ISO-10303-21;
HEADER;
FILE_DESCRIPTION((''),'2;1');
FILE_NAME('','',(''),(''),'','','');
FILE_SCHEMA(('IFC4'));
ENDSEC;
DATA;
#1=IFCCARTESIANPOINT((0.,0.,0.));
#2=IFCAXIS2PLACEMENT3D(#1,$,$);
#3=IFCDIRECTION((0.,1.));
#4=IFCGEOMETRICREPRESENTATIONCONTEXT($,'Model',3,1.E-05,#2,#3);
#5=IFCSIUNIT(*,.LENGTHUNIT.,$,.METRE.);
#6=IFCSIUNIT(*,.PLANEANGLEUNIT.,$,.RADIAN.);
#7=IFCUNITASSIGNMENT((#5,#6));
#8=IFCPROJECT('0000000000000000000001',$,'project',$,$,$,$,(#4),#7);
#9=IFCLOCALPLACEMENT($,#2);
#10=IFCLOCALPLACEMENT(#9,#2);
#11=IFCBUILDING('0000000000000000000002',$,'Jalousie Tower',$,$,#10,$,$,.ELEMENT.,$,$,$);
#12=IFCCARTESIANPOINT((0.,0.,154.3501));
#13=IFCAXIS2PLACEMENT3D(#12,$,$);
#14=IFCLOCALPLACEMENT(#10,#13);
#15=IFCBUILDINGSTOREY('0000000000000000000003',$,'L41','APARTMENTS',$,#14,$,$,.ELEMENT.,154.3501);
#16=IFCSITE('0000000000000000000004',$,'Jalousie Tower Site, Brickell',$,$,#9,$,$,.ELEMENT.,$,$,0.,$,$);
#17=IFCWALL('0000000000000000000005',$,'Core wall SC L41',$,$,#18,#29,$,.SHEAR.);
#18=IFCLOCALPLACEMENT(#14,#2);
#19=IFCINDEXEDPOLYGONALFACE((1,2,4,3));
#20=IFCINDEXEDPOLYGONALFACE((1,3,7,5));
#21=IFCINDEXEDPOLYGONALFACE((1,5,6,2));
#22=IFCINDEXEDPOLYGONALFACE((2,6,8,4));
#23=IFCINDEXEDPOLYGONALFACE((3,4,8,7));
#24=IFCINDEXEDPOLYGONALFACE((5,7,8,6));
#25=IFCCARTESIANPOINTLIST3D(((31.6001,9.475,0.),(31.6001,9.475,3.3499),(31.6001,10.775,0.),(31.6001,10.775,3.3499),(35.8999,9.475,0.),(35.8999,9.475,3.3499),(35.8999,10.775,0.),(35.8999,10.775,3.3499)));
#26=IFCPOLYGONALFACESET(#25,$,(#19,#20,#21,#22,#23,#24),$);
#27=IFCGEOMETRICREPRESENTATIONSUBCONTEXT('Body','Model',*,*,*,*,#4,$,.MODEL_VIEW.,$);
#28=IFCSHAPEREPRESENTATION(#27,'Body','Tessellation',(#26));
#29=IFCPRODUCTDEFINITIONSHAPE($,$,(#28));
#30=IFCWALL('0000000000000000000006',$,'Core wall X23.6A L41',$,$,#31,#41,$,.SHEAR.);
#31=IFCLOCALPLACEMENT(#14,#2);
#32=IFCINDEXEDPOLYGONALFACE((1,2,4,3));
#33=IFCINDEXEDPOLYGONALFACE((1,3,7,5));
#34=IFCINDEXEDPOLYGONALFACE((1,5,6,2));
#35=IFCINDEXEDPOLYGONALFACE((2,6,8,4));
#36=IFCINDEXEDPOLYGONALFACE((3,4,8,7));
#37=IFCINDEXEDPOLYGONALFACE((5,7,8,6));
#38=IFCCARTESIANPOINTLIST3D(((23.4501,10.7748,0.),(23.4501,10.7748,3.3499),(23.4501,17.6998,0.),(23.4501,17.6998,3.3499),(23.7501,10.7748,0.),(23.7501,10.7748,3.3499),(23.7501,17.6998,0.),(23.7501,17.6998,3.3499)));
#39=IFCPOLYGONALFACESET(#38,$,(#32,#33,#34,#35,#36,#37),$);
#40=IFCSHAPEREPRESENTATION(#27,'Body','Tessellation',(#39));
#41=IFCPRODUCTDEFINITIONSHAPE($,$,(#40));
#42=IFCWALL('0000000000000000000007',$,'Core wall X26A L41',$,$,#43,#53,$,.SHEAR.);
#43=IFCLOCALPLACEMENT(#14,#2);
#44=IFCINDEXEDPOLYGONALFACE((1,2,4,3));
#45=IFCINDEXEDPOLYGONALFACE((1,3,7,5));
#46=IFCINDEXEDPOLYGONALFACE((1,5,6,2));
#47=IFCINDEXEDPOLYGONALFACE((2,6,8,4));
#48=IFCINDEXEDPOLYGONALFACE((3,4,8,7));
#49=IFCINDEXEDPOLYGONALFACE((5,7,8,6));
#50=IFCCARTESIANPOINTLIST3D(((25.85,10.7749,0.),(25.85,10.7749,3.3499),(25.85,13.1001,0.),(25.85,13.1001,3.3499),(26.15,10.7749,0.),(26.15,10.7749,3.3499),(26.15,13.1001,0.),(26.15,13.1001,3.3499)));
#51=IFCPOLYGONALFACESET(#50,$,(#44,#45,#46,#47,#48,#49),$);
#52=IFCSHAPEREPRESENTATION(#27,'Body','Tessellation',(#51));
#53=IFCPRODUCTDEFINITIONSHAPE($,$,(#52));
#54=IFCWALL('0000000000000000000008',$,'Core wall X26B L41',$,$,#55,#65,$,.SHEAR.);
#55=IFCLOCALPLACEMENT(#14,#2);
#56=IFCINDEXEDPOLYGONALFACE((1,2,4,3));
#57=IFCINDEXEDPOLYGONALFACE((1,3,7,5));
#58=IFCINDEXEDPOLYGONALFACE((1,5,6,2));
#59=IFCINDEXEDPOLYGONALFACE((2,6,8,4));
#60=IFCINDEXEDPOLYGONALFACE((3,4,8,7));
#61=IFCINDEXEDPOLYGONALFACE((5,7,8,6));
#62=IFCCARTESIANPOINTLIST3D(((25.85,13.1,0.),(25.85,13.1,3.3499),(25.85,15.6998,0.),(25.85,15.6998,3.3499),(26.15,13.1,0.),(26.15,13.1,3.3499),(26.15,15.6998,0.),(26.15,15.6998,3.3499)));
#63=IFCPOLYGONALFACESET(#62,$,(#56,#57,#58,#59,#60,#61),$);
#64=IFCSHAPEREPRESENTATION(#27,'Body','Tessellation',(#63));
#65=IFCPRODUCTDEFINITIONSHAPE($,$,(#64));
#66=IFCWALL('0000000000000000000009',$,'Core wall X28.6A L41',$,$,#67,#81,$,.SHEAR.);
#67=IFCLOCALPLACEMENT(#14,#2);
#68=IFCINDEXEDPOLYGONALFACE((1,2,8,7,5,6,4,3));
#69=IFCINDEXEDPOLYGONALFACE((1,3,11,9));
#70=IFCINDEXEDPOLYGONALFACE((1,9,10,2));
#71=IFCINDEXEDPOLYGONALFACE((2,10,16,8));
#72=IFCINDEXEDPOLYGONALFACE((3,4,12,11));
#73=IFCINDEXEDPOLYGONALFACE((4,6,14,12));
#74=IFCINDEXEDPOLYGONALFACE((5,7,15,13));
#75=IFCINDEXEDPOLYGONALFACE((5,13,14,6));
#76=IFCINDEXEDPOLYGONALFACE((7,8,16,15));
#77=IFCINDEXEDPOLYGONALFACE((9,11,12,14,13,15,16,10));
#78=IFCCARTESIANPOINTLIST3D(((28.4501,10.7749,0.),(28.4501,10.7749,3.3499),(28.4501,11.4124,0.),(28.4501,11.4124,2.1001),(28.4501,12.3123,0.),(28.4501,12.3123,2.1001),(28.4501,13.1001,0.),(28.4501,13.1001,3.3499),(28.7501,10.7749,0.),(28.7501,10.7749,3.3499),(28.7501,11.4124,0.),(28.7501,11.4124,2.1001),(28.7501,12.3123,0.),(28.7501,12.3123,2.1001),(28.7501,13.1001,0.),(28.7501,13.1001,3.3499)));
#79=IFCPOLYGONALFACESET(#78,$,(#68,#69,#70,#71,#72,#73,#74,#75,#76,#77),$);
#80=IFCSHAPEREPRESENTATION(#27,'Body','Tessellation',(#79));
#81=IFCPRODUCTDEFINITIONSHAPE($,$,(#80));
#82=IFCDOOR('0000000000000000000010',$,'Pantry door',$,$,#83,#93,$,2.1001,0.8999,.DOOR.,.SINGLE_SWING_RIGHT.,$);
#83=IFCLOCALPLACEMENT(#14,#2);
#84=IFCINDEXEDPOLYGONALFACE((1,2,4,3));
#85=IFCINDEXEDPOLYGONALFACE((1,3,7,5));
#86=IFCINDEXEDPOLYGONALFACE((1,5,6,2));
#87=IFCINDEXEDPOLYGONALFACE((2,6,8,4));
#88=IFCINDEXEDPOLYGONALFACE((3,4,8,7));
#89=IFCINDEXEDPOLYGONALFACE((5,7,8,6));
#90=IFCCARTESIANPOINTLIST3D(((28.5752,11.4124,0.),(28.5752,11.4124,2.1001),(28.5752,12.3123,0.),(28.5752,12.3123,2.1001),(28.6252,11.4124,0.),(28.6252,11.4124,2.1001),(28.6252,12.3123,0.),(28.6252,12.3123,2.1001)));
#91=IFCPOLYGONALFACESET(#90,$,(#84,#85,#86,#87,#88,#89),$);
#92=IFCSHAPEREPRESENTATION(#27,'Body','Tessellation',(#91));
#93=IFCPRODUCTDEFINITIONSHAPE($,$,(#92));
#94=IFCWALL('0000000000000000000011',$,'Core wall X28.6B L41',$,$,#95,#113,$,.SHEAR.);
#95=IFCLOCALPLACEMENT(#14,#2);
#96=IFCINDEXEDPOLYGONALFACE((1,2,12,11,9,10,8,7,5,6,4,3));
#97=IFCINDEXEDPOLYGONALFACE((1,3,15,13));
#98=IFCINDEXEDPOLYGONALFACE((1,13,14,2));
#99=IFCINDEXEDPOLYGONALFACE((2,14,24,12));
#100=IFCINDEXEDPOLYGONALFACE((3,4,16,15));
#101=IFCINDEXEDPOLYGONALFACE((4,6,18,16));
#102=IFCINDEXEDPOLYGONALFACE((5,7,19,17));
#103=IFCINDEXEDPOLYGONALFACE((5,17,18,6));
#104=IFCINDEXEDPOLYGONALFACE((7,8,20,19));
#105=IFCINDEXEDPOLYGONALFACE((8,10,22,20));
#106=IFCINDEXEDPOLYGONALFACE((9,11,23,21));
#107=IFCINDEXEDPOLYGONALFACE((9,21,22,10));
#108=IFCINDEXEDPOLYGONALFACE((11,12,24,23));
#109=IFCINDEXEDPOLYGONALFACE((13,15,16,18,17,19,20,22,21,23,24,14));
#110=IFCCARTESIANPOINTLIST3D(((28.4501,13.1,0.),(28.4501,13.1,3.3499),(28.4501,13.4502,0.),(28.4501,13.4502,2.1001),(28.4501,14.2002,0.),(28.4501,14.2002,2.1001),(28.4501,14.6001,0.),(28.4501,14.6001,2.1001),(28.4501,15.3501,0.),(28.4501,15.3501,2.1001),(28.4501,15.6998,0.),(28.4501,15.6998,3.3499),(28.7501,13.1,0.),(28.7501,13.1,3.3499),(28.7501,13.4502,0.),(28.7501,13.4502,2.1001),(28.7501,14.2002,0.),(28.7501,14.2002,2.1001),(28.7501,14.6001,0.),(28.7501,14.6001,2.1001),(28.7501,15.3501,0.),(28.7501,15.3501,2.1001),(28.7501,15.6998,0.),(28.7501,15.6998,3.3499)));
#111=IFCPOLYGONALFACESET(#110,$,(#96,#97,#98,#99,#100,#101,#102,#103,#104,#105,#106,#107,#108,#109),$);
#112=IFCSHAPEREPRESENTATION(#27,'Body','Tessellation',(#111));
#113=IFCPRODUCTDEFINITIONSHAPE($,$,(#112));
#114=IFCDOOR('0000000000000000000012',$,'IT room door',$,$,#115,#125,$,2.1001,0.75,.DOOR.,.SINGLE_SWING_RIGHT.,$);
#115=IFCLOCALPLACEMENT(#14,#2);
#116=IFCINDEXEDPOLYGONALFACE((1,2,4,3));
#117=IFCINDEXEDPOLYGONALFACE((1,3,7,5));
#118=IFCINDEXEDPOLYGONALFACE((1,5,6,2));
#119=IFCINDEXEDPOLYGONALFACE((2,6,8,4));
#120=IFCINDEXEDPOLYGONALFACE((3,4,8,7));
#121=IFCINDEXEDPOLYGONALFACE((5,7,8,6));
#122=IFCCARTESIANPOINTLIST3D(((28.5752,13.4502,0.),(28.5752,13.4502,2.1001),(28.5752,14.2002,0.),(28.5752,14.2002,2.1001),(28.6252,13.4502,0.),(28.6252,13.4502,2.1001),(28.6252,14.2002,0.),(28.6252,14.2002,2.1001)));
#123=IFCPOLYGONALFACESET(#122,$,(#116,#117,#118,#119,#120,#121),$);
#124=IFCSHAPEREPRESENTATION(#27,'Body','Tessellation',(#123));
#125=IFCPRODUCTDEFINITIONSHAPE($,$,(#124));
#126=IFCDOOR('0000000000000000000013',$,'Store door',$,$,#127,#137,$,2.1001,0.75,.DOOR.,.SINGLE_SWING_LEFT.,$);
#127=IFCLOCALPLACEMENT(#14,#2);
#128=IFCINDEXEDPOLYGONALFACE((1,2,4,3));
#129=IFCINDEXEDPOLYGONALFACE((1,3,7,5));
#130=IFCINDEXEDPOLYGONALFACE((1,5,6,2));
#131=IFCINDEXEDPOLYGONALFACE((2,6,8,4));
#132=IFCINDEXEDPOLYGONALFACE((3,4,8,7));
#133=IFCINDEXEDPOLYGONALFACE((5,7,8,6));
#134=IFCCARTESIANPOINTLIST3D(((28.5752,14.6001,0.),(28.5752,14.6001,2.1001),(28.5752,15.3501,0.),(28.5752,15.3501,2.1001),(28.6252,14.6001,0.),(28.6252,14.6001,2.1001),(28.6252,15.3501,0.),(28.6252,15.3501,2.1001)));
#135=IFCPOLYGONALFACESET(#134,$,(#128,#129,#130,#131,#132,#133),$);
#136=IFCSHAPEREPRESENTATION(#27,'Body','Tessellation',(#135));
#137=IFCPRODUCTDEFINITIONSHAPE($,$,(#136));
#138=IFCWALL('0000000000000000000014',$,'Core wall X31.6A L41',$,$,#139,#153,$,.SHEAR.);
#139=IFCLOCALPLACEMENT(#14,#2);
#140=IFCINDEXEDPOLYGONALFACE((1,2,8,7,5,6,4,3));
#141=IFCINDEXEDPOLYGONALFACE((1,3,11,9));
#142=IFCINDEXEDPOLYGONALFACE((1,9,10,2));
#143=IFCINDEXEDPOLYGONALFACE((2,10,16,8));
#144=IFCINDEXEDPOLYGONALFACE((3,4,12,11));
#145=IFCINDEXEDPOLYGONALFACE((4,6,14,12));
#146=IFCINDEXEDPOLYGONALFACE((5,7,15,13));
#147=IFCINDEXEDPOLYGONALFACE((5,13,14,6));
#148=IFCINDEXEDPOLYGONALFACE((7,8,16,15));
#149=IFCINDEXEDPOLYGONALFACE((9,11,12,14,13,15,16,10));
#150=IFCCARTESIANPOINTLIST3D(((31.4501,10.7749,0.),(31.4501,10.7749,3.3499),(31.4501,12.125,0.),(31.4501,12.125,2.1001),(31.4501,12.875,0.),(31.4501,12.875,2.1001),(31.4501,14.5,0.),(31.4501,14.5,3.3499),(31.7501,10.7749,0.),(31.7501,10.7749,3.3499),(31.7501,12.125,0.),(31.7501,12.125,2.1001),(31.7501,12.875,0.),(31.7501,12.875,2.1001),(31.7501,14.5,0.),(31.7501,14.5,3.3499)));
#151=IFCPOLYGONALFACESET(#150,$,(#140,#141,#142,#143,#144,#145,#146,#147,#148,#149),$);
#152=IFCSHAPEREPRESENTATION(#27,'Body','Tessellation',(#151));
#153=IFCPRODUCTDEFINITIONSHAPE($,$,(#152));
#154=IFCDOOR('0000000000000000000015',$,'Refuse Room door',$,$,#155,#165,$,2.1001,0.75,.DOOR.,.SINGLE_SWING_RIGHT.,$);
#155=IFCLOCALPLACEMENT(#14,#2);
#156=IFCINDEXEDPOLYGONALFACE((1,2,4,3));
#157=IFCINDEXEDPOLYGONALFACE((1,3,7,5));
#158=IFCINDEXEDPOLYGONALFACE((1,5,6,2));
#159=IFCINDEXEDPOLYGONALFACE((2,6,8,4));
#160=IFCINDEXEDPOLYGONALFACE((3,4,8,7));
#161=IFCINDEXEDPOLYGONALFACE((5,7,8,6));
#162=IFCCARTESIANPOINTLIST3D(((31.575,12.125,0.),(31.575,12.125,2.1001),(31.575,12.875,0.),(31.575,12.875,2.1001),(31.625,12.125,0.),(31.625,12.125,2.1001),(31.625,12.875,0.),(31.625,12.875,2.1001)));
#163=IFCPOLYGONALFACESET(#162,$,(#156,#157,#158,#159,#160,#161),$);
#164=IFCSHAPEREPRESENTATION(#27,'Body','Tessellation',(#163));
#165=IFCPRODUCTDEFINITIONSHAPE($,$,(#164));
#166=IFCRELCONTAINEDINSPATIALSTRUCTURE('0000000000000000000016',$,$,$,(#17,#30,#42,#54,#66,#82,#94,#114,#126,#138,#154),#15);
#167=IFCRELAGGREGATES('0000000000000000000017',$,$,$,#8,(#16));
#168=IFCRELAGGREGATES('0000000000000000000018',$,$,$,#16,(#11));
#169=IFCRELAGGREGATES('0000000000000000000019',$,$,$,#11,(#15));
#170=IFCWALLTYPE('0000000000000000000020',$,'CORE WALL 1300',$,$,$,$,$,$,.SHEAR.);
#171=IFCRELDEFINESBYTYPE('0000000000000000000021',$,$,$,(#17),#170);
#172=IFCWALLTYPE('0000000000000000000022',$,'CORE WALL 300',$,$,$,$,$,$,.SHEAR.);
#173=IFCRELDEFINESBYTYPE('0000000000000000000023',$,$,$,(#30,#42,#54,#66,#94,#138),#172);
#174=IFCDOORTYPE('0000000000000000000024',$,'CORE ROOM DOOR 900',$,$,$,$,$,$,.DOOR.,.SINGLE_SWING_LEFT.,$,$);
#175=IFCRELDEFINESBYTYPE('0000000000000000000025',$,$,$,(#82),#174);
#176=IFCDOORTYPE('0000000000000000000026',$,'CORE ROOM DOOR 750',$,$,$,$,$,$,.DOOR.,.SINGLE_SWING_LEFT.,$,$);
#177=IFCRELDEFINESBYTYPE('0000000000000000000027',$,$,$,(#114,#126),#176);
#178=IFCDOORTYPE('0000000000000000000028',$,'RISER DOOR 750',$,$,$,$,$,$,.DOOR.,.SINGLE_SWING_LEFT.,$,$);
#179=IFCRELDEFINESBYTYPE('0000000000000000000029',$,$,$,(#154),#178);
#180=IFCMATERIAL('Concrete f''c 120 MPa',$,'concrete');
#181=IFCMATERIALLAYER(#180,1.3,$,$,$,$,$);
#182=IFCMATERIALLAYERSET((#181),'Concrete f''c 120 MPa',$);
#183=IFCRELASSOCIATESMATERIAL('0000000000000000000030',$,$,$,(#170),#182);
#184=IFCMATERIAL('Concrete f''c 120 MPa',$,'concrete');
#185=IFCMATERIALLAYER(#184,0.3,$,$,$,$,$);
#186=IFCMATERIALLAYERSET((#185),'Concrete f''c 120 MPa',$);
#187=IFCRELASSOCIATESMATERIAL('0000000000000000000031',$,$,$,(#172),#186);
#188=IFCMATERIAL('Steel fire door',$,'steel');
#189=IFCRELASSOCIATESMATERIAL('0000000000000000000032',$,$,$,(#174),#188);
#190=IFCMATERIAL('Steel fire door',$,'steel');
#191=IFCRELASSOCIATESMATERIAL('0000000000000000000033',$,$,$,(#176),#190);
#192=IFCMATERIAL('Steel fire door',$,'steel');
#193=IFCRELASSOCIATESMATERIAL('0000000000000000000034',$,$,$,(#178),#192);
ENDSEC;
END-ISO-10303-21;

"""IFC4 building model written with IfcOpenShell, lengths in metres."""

from ifc_helpers import new_model, si_unit, direction, frame, frame_2d, origin, place, context, subcontext, project, spatial, rectangle, extrude, material, layer, layer_set, type_object, element, fill, save


model = new_model("IFC4")

# Units and contexts
model_context = context("Model", 3, precision=1e-05, world=origin(), true_north=direction((0.0, 1.0)))
body_context = subcontext(model_context, "Body", "Model", "MODEL_VIEW")
ifc_project = project(units=[si_unit("LENGTHUNIT", "METRE"), si_unit("PLANEANGLEUNIT", "RADIAN")], contexts=[model_context])

# Site, building, storey
site_placement = place(None, origin())
site = spatial("IfcSite", under=ifc_project, at=site_placement, Name="Jalousie Tower Site, Brickell", CompositionType="ELEMENT", RefElevation=0.0)
building_placement = place(site_placement, origin())
building = spatial("IfcBuilding", under=site, at=building_placement, Name="Jalousie Tower", CompositionType="ELEMENT")
storey_placement = place(building_placement, frame((0.0, 0.0, 154.3501)))
storey = spatial("IfcBuildingStorey", under=building, at=storey_placement, Name="L41", Description="APARTMENTS", CompositionType="ELEMENT", Elevation=154.3501)

# Walls
ifc_material_1 = material(Name="Concrete f'c 120 MPa", Category="concrete")
ifc_layer_1 = layer(ifc_material_1, 1.3)
ifc_layer_set_1 = layer_set([ifc_layer_1], Name="Concrete f'c 120 MPa")
wall_type_1 = type_object("IfcWallType", Name="CORE WALL 1300", PredefinedType="SHEAR", material=ifc_layer_set_1)
wall_1_placement = place(storey_placement, frame((31.6001, 10.125, 0.0), z_axis=(0.0, 0.0, 1.0), x_axis=(1.0, 0.0, 0.0)))
element("IfcWall", 1, at=wall_1_placement, inside=storey, type_object=wall_type_1, Name="Core wall SC L41", PredefinedType="SHEAR", context=body_context, shape_type="SweptSolid", body=[
    extrude(rectangle(XDim=4.2998, YDim=1.3, at=frame_2d((2.1499, 0.0))), origin(), (0.0, 0.0, 1.0), 3.3499),
])
ifc_material_2 = material(Name="Concrete f'c 120 MPa", Category="concrete")
ifc_layer_2 = layer(ifc_material_2, 0.3)
ifc_layer_set_2 = layer_set([ifc_layer_2], Name="Concrete f'c 120 MPa")
wall_type_2 = type_object("IfcWallType", Name="CORE WALL 300", PredefinedType="SHEAR", material=ifc_layer_set_2)
wall_2_placement = place(storey_placement, frame((23.6001, 10.7749, 0.0), z_axis=(0.0, 0.0, 1.0), x_axis=(0.0, 1.0, 0.0)))
element("IfcWall", 2, at=wall_2_placement, inside=storey, type_object=wall_type_2, Name="Core wall X23.6A L41", PredefinedType="SHEAR", context=body_context, shape_type="SweptSolid", body=[
    extrude(rectangle(XDim=6.925, YDim=0.3, at=frame_2d((3.4624, 0.0))), origin(), (0.0, 0.0, 1.0), 3.3499),
])
wall_3_placement = place(storey_placement, frame((26.0, 10.7749, 0.0), z_axis=(0.0, 0.0, 1.0), x_axis=(0.0, 1.0, 0.0)))
element("IfcWall", 3, at=wall_3_placement, inside=storey, type_object=wall_type_2, Name="Core wall X26A L41", PredefinedType="SHEAR", context=body_context, shape_type="SweptSolid", body=[
    extrude(rectangle(XDim=2.3252, YDim=0.3, at=frame_2d((1.1626, 0.0))), origin(), (0.0, 0.0, 1.0), 3.3499),
])
wall_4_placement = place(storey_placement, frame((26.0, 13.1001, 0.0), z_axis=(0.0, 0.0, 1.0), x_axis=(0.0, 1.0, 0.0)))
element("IfcWall", 4, at=wall_4_placement, inside=storey, type_object=wall_type_2, Name="Core wall X26B L41", PredefinedType="SHEAR", context=body_context, shape_type="SweptSolid", body=[
    extrude(rectangle(XDim=2.5999, YDim=0.3, at=frame_2d((1.2998, 0.0))), origin(), (0.0, 0.0, 1.0), 3.3499),
])

# Wall, opening, door
wall_5_placement = place(storey_placement, frame((28.6001, 10.7749, 0.0), z_axis=(0.0, 0.0, 1.0), x_axis=(0.0, 1.0, 0.0)))
wall_5 = element("IfcWall", 5, at=wall_5_placement, inside=storey, type_object=wall_type_2, Name="Core wall X28.6A L41", PredefinedType="SHEAR", context=body_context, shape_type="SweptSolid", body=[
    extrude(rectangle(XDim=2.3252, YDim=0.3, at=frame_2d((1.1626, 0.0))), origin(), (0.0, 0.0, 1.0), 3.3499),
])
opening_1_placement = place(wall_5_placement, frame((0.6375, 0.0, 0.0)))
opening_1 = element("IfcOpeningElement", 6, at=opening_1_placement, cuts=wall_5, PredefinedType="OPENING", context=body_context, shape_type="SweptSolid", body=[
    extrude(rectangle(XDim=0.8999, YDim=2.1001, at=frame_2d((0.45, 1.05))), frame((0.0, 0.1599, 0.0), z_axis=(0.0, -1.0, 0.0), x_axis=(1.0, 0.0, 0.0)), (0.0, 0.0, 1.0), 0.3201),
])
ifc_material_3 = material(Name="Steel fire door", Category="steel")
door_type_1 = type_object("IfcDoorType", Name="CORE ROOM DOOR 900", OperationType="SINGLE_SWING_LEFT", PredefinedType="DOOR", material=ifc_material_3)
door_1_placement = place(opening_1_placement, origin())
door_1 = element("IfcDoor", 7, at=door_1_placement, inside=storey, type_object=door_type_1, Name="Pantry door", OperationType="SINGLE_SWING_RIGHT", OverallHeight=2.1001, OverallWidth=0.8999, PredefinedType="DOOR", context=body_context, shape_type="SweptSolid", body=[
    extrude(rectangle(XDim=0.8999, YDim=2.1001, at=frame_2d((0.45, 1.05))), frame((0.0, 0.0249, 0.0), z_axis=(0.0, -1.0, 0.0), x_axis=(1.0, 0.0, 0.0)), (0.0, 0.0, 1.0), 0.05),
])
fill(opening_1, door_1)

# Wall, openings, doors
wall_6_placement = place(storey_placement, frame((28.6001, 13.1001, 0.0), z_axis=(0.0, 0.0, 1.0), x_axis=(0.0, 1.0, 0.0)))
wall_6 = element("IfcWall", 8, at=wall_6_placement, inside=storey, type_object=wall_type_2, Name="Core wall X28.6B L41", PredefinedType="SHEAR", context=body_context, shape_type="SweptSolid", body=[
    extrude(rectangle(XDim=2.5999, YDim=0.3, at=frame_2d((1.2998, 0.0))), origin(), (0.0, 0.0, 1.0), 3.3499),
])
opening_2_placement = place(wall_6_placement, frame((0.3501, 0.0, 0.0)))
opening_2 = element("IfcOpeningElement", 9, at=opening_2_placement, cuts=wall_6, PredefinedType="OPENING", context=body_context, shape_type="SweptSolid", body=[
    extrude(rectangle(XDim=0.75, YDim=2.1001, at=frame_2d((0.375, 1.05))), frame((0.0, 0.1599, 0.0), z_axis=(0.0, -1.0, 0.0), x_axis=(1.0, 0.0, 0.0)), (0.0, 0.0, 1.0), 0.3201),
])
opening_3_placement = place(wall_6_placement, frame((1.5, 0.0, 0.0)))
opening_3 = element("IfcOpeningElement", 10, at=opening_3_placement, cuts=wall_6, PredefinedType="OPENING", context=body_context, shape_type="SweptSolid", body=[
    extrude(rectangle(XDim=0.75, YDim=2.1001, at=frame_2d((0.375, 1.05))), frame((0.0, 0.1599, 0.0), z_axis=(0.0, -1.0, 0.0), x_axis=(1.0, 0.0, 0.0)), (0.0, 0.0, 1.0), 0.3201),
])
ifc_material_4 = material(Name="Steel fire door", Category="steel")
door_type_2 = type_object("IfcDoorType", Name="CORE ROOM DOOR 750", OperationType="SINGLE_SWING_LEFT", PredefinedType="DOOR", material=ifc_material_4)
door_2_placement = place(opening_2_placement, origin())
door_2 = element("IfcDoor", 11, at=door_2_placement, inside=storey, type_object=door_type_2, Name="IT room door", OperationType="SINGLE_SWING_RIGHT", OverallHeight=2.1001, OverallWidth=0.75, PredefinedType="DOOR", context=body_context, shape_type="SweptSolid", body=[
    extrude(rectangle(XDim=0.75, YDim=2.1001, at=frame_2d((0.375, 1.05))), frame((0.0, 0.0249, 0.0), z_axis=(0.0, -1.0, 0.0), x_axis=(1.0, 0.0, 0.0)), (0.0, 0.0, 1.0), 0.05),
])
fill(opening_2, door_2)
door_3_placement = place(opening_3_placement, origin())
door_3 = element("IfcDoor", 12, at=door_3_placement, inside=storey, type_object=door_type_2, Name="Store door", OperationType="SINGLE_SWING_LEFT", OverallHeight=2.1001, OverallWidth=0.75, PredefinedType="DOOR", context=body_context, shape_type="SweptSolid", body=[
    extrude(rectangle(XDim=0.75, YDim=2.1001, at=frame_2d((0.375, 1.05))), frame((0.0, 0.0249, 0.0), z_axis=(0.0, -1.0, 0.0), x_axis=(1.0, 0.0, 0.0)), (0.0, 0.0, 1.0), 0.05),
])
fill(opening_3, door_3)

# Wall, opening, door
wall_7_placement = place(storey_placement, frame((31.6001, 10.7749, 0.0), z_axis=(0.0, 0.0, 1.0), x_axis=(0.0, 1.0, 0.0)))
wall_7 = element("IfcWall", 13, at=wall_7_placement, inside=storey, type_object=wall_type_2, Name="Core wall X31.6A L41", PredefinedType="SHEAR", context=body_context, shape_type="SweptSolid", body=[
    extrude(rectangle(XDim=3.7251, YDim=0.3, at=frame_2d((1.8625, 0.0))), origin(), (0.0, 0.0, 1.0), 3.3499),
])
opening_4_placement = place(wall_7_placement, frame((1.3501, 0.0, 0.0)))
opening_4 = element("IfcOpeningElement", 14, at=opening_4_placement, cuts=wall_7, PredefinedType="OPENING", context=body_context, shape_type="SweptSolid", body=[
    extrude(rectangle(XDim=0.75, YDim=2.1001, at=frame_2d((0.375, 1.05))), frame((0.0, 0.1599, 0.0), z_axis=(0.0, -1.0, 0.0), x_axis=(1.0, 0.0, 0.0)), (0.0, 0.0, 1.0), 0.3201),
])
ifc_material_5 = material(Name="Steel fire door", Category="steel")
door_type_3 = type_object("IfcDoorType", Name="RISER DOOR 750", OperationType="SINGLE_SWING_LEFT", PredefinedType="DOOR", material=ifc_material_5)
door_4_placement = place(opening_4_placement, frame((0.75, 0.0, 0.0), z_axis=(0.0, 0.0, 1.0), x_axis=(-1.0, 0.0, 0.0)))
door_4 = element("IfcDoor", 15, at=door_4_placement, inside=storey, type_object=door_type_3, Name="Refuse Room door", OperationType="SINGLE_SWING_RIGHT", OverallHeight=2.1001, OverallWidth=0.75, PredefinedType="DOOR", context=body_context, shape_type="SweptSolid", body=[
    extrude(rectangle(XDim=0.75, YDim=2.1001, at=frame_2d((0.375, 1.05))), frame((0.0, 0.0249, 0.0), z_axis=(0.0, -1.0, 0.0), x_axis=(1.0, 0.0, 0.0)), (0.0, 0.0, 1.0), 0.05),
])
fill(opening_4, door_4)

save(model, "model.ifc")
